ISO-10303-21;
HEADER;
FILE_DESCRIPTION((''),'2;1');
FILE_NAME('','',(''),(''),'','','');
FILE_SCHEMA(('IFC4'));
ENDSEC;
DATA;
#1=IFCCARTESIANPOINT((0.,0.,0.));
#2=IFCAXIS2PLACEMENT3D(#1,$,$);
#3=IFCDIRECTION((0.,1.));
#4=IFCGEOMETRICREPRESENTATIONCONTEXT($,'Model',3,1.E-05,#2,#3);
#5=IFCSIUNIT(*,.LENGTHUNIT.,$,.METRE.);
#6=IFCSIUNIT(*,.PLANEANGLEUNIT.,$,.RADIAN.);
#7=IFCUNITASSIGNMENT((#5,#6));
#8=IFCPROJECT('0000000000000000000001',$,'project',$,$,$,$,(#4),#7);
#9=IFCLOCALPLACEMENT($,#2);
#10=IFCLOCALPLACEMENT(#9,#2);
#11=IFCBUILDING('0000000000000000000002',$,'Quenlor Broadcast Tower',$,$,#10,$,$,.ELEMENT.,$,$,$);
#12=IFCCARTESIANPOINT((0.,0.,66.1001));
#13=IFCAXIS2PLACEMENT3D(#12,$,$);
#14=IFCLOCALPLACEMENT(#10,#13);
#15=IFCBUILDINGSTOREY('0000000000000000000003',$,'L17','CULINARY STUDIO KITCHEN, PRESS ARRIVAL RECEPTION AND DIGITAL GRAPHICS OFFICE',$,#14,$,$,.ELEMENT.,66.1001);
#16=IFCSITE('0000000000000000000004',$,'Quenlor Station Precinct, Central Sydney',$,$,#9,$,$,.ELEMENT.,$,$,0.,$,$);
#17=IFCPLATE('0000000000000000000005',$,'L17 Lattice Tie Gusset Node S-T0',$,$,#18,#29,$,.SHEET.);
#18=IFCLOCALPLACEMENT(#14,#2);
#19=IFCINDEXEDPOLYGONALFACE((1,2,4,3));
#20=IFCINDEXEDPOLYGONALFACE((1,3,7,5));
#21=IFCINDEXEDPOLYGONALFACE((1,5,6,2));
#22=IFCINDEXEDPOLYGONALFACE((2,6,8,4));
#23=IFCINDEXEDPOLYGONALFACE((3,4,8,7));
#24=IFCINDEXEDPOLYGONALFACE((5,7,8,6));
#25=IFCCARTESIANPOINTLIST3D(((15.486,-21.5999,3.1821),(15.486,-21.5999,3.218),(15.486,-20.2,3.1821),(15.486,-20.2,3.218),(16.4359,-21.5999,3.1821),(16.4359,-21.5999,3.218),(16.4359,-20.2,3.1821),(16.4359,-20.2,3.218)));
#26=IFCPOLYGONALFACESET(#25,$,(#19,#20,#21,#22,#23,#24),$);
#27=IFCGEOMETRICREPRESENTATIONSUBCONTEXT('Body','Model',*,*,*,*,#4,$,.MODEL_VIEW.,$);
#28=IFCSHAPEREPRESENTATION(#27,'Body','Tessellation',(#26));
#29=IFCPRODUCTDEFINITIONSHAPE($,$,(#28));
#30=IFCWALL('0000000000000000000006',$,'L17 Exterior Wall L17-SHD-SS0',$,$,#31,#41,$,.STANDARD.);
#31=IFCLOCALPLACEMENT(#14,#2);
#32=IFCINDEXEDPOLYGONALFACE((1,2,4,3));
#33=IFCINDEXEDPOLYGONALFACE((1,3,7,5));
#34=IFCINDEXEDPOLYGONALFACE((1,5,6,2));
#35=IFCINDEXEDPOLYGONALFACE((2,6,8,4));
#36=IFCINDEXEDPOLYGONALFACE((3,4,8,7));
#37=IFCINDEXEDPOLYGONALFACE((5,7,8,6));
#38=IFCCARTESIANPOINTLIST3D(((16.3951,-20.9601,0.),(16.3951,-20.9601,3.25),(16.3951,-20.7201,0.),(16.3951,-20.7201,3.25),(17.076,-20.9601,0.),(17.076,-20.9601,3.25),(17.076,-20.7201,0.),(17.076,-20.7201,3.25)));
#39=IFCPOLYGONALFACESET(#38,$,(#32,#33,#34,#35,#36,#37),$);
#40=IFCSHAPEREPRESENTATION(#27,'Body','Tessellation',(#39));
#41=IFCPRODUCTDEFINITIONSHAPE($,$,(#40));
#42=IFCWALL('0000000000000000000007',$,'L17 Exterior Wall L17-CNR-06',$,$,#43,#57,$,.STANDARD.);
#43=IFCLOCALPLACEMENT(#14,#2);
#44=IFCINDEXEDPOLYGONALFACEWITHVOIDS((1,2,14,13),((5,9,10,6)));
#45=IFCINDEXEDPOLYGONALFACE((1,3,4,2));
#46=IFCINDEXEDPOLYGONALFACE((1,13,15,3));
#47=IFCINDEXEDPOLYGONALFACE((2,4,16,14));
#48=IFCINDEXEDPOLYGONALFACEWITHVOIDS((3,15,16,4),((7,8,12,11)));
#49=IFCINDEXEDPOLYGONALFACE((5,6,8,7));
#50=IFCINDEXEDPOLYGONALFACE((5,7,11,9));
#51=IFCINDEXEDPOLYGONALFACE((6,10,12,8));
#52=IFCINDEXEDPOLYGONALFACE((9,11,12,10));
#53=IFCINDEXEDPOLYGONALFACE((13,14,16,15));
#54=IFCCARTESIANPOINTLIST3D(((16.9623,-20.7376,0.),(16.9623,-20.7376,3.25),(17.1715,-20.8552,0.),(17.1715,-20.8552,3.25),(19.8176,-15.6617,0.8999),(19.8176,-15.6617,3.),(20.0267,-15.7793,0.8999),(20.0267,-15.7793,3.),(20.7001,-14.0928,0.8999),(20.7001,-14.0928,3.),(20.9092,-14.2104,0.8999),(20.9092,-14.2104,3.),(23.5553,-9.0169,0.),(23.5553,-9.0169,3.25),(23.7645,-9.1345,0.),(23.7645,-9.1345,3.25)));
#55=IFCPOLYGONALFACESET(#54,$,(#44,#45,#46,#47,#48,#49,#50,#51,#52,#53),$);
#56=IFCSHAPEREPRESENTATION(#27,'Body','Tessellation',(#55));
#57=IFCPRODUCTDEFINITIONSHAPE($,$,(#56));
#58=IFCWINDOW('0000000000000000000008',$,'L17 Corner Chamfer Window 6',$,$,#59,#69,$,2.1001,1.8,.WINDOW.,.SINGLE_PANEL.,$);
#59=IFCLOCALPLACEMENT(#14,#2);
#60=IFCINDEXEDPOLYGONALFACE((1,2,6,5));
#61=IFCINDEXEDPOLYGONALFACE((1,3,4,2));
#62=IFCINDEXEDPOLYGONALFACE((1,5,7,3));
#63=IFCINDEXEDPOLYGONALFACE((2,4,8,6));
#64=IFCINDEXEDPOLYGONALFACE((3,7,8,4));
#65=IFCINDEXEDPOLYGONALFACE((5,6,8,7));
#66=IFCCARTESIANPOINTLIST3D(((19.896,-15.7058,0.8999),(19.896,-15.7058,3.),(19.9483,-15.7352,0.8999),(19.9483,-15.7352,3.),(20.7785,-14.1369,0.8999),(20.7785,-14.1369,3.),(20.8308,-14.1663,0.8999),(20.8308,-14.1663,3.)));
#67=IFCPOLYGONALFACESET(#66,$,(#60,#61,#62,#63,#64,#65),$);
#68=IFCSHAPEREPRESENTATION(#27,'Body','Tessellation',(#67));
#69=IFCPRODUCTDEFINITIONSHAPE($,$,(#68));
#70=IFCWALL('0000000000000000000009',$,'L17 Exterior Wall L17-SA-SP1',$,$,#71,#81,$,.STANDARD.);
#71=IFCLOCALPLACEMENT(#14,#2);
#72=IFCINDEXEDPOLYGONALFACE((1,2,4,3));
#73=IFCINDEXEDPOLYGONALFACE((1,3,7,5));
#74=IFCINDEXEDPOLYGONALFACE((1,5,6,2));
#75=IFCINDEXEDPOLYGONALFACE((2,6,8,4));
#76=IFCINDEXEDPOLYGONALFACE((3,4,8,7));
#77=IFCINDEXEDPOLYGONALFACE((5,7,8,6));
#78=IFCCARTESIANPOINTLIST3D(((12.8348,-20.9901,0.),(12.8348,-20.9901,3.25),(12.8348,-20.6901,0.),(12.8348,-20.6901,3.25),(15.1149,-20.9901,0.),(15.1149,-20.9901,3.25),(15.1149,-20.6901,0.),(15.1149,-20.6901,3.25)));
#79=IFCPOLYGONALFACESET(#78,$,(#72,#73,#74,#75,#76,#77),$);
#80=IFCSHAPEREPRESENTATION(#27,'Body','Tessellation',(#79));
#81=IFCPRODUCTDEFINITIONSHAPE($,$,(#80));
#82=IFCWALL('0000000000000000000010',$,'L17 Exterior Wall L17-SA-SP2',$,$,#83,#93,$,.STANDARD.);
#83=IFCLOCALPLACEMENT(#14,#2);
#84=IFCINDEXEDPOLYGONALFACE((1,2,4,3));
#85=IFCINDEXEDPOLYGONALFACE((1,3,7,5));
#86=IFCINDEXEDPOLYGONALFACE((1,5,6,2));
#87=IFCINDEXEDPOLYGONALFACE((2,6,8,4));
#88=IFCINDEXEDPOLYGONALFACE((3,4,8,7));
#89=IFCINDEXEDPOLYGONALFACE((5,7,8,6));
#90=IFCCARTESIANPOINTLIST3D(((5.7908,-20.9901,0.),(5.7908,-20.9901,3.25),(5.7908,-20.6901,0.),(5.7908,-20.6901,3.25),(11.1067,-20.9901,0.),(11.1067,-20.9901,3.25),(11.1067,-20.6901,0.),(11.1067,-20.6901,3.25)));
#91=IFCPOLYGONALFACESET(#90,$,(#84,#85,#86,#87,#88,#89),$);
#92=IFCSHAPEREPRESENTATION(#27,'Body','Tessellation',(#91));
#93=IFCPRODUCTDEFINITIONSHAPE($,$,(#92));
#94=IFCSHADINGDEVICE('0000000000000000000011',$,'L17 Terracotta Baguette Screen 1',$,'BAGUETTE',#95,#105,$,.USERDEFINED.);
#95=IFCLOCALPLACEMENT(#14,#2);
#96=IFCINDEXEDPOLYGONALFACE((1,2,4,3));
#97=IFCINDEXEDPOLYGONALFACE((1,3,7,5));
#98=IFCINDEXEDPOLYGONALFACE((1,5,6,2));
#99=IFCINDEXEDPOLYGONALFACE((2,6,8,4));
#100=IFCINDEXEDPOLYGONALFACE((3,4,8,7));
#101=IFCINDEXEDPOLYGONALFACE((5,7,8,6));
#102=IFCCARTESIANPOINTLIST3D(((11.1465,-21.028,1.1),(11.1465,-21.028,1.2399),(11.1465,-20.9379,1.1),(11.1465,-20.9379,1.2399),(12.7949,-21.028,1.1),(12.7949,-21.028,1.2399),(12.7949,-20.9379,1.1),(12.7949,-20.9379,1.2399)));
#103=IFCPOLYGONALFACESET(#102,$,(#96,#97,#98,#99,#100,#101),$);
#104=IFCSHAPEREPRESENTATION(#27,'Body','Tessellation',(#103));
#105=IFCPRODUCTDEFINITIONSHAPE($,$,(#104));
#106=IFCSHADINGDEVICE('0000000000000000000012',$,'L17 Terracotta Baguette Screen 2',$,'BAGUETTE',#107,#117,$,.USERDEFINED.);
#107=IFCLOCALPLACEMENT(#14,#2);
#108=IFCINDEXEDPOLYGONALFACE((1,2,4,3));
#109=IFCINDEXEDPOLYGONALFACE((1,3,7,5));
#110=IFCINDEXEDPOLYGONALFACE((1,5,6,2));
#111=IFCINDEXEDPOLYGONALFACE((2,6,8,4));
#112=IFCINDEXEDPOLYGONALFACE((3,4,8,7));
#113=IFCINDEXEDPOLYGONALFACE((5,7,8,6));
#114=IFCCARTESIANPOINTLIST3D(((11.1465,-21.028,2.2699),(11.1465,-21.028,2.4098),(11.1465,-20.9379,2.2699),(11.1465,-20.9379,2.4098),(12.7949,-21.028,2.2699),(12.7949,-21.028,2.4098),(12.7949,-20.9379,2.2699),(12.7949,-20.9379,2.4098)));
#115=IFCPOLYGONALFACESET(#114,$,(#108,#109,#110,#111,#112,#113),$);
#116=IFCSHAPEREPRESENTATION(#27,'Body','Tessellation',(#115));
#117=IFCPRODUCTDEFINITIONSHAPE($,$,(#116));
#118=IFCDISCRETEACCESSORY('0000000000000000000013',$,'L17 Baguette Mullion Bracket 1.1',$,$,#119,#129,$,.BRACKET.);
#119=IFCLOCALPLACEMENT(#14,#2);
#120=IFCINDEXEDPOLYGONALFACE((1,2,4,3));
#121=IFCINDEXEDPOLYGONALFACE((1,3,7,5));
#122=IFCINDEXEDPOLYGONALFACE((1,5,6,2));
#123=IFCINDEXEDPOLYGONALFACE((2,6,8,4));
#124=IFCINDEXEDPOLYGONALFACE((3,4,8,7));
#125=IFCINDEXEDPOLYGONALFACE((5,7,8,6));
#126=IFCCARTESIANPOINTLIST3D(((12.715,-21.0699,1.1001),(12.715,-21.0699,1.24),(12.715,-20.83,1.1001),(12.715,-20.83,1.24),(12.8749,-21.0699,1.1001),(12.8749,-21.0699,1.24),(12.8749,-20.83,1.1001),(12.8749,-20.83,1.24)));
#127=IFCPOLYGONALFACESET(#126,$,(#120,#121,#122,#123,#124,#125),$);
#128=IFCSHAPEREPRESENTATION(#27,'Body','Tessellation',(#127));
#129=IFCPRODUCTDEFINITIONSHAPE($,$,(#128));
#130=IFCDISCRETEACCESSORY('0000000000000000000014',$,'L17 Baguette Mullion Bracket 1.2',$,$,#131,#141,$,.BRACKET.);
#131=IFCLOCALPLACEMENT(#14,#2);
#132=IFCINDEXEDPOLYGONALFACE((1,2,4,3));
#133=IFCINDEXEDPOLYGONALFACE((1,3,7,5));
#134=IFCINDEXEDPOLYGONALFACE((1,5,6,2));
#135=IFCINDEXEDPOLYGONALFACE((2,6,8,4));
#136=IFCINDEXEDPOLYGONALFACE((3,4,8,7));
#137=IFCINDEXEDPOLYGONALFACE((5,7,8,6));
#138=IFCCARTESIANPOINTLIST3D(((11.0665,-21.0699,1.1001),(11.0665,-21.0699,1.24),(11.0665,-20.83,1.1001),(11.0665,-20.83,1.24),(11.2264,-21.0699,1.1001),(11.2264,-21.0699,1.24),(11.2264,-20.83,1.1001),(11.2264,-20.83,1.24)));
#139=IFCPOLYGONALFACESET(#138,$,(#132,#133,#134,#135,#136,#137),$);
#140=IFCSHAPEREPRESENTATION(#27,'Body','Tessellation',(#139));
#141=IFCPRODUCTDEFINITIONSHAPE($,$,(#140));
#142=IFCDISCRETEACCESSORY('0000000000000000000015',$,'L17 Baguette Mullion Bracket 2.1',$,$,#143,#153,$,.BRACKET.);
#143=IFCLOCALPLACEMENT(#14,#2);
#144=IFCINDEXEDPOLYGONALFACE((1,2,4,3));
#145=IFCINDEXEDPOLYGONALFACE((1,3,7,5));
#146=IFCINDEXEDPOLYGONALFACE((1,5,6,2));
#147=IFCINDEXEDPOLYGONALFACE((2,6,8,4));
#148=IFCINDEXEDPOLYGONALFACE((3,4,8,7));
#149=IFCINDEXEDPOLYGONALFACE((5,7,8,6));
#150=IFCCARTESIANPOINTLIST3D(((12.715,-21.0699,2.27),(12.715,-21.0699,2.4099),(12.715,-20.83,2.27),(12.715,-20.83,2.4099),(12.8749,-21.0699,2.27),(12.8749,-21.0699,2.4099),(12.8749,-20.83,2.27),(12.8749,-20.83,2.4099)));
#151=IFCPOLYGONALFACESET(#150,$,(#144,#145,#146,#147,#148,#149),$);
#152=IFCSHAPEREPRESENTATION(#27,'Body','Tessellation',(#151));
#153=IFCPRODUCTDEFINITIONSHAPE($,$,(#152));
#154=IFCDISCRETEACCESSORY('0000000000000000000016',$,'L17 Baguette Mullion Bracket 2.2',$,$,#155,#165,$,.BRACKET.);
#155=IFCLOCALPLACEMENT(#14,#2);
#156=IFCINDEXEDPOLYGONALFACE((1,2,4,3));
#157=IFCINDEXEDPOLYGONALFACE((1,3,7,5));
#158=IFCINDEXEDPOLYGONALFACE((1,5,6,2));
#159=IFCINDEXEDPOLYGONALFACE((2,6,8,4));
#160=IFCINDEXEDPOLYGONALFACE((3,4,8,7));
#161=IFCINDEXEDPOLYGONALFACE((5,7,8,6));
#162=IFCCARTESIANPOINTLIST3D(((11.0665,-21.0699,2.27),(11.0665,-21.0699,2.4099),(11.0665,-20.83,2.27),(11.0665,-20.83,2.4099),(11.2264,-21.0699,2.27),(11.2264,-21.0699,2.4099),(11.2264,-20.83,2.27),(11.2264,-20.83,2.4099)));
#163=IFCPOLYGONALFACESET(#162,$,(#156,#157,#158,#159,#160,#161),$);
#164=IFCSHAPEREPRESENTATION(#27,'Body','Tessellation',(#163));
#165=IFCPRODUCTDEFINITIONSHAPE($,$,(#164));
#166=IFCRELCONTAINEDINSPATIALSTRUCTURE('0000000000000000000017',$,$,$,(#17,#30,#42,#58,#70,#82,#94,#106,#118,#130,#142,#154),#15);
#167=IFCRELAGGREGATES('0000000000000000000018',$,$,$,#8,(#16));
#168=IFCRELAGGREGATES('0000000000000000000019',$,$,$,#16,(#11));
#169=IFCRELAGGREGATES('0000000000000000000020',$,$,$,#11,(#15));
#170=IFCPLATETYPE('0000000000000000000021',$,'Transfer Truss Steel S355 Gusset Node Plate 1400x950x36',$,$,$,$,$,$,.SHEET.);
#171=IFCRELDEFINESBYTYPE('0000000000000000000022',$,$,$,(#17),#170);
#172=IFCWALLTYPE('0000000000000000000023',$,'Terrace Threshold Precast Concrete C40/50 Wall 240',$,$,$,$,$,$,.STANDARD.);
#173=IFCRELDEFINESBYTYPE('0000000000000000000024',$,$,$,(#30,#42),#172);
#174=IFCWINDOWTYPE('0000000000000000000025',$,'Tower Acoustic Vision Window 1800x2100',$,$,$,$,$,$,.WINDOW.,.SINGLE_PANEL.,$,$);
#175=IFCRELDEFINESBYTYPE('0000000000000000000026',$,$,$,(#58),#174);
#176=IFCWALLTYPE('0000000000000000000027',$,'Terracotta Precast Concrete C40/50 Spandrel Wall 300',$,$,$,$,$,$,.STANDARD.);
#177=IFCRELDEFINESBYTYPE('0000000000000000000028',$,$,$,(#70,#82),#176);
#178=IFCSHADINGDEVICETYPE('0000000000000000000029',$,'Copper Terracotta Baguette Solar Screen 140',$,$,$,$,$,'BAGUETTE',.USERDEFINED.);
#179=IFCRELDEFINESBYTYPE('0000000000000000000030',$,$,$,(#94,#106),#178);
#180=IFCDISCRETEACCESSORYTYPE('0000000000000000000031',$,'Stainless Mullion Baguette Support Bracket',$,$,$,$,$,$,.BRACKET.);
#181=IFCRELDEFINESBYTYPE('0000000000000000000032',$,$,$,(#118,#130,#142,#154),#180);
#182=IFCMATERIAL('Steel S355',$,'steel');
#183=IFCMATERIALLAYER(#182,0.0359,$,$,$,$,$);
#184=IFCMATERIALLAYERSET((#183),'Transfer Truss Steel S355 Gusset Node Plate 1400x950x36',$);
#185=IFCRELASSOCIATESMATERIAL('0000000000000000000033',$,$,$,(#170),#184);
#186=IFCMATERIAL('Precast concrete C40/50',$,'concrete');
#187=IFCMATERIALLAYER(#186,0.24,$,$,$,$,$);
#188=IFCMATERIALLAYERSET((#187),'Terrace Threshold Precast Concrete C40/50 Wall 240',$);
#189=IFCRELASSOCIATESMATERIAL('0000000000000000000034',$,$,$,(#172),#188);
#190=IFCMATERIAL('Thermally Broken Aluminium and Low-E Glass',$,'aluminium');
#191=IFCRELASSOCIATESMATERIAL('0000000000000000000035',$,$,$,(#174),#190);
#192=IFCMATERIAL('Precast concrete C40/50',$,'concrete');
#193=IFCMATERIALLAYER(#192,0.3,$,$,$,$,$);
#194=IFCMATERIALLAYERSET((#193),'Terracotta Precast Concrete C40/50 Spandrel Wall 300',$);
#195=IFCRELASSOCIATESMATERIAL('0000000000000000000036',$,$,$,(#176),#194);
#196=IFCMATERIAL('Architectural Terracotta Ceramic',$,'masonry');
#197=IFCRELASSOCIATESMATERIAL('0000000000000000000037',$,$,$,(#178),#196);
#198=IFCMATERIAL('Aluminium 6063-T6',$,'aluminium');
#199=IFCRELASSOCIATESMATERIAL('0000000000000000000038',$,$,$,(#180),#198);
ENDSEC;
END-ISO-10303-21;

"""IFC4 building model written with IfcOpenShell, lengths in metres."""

from ifc_helpers import new_model, si_unit, direction, frame, frame_2d, origin, origin_2d, place, context, subcontext, project, spatial, rectangle, extrude, material, layer, layer_set, material_profile, profile_set, type_object, element, fill, save


model = new_model("IFC4")

# Units and contexts
model_context = context("Model", 3, precision=1e-05, world=origin(), true_north=direction((0.0, 1.0)))
body_context = subcontext(model_context, "Body", "Model", "MODEL_VIEW")
ifc_project = project(units=[si_unit("LENGTHUNIT", "METRE"), si_unit("PLANEANGLEUNIT", "RADIAN")], contexts=[model_context])

# Site, building, storey
site_placement = place(None, origin())
site = spatial("IfcSite", under=ifc_project, at=site_placement, Name="Quenlor Station Precinct, Central Sydney", CompositionType="ELEMENT", RefElevation=0.0)
building_placement = place(site_placement, origin())
building = spatial("IfcBuilding", under=site, at=building_placement, Name="Quenlor Broadcast Tower", CompositionType="ELEMENT")
storey_placement = place(building_placement, frame((0.0, 0.0, 66.1001)))
storey = spatial("IfcBuildingStorey", under=building, at=storey_placement, Name="L17", Description="CULINARY STUDIO KITCHEN, PRESS ARRIVAL RECEPTION AND DIGITAL GRAPHICS OFFICE", CompositionType="ELEMENT", Elevation=66.1001)

# Plate
ifc_material_1 = material(Name="Steel S355", Category="steel")
ifc_layer_1 = layer(ifc_material_1, 0.0359)
ifc_layer_set_1 = layer_set([ifc_layer_1], Name="Transfer Truss Steel S355 Gusset Node Plate 1400x950x36")
plate_type_1 = type_object("IfcPlateType", Name="Transfer Truss Steel S355 Gusset Node Plate 1400x950x36", PredefinedType="SHEET", material=ifc_layer_set_1)
for number, where, z_axis, x_axis, name in (
    (1, (15.9609, -20.8999, 3.1821), (0.0, 0.0, 1.0), (0.0, -1.0, 0.0), "L17 Lattice Tie Gusset Node S-T0"),
):
    element("IfcPlate", number, at=place(storey_placement, frame(where, z_axis=z_axis, x_axis=x_axis)), inside=storey, type_object=plate_type_1, Name=name, PredefinedType="SHEET", context=body_context, shape_type="SweptSolid", body=[
        extrude(rectangle(XDim=1.3999, YDim=0.95, at=origin_2d()), origin(), (0.0, 0.0, 1.0), 0.0359),
    ])

# Wall
ifc_material_2 = material(Name="Precast concrete C40/50", Category="concrete")
ifc_layer_2 = layer(ifc_material_2, 0.24)
ifc_layer_set_2 = layer_set([ifc_layer_2], Name="Terrace Threshold Precast Concrete C40/50 Wall 240")
wall_type_1 = type_object("IfcWallType", Name="Terrace Threshold Precast Concrete C40/50 Wall 240", PredefinedType="STANDARD", material=ifc_layer_set_2)
wall_1_placement = place(storey_placement, frame((17.0759, -20.8401, 0.0), z_axis=(0.0, 0.0, 1.0), x_axis=(-1.0, 0.0, 0.0)))
element("IfcWall", 2, at=wall_1_placement, inside=storey, type_object=wall_type_1, Name="L17 Exterior Wall L17-SHD-SS0", PredefinedType="STANDARD", context=body_context, shape_type="SweptSolid", body=[
    extrude(rectangle(XDim=0.6809, YDim=0.24, at=frame_2d((0.3403, 0.0))), origin(), (0.0, 0.0, 1.0), 3.25),
])

# Wall, opening, window
wall_2_placement = place(storey_placement, frame((17.0669, -20.7964, 0.0), z_axis=(0.0, 0.0, 1.0), x_axis=(0.490268, 0.871572, 0.0)))
wall_2 = element("IfcWall", 3, at=wall_2_placement, inside=storey, type_object=wall_type_1, Name="L17 Exterior Wall L17-CNR-06", PredefinedType="STANDARD", context=body_context, shape_type="SweptSolid", body=[
    extrude(rectangle(XDim=13.4478, YDim=0.24, at=frame_2d((6.7239, 0.0))), origin(), (0.0, 0.0, 1.0), 3.25),
])
opening_placement = place(wall_2_placement, frame((5.824, 0.0, 0.8999)))
opening = element("IfcOpeningElement", 4, at=opening_placement, cuts=wall_2, PredefinedType="OPENING", context=body_context, shape_type="SweptSolid", body=[
    extrude(rectangle(XDim=1.8, YDim=2.1001, at=frame_2d((0.8999, 1.05))), frame((0.0, 0.1299, 0.0), z_axis=(0.0, -1.0, 0.0), x_axis=(1.0, 0.0, 0.0)), (0.0, 0.0, 1.0), 0.26),
])
ifc_material_3 = material(Name="Thermally Broken Aluminium and Low-E Glass", Category="aluminium")
window_type = type_object("IfcWindowType", Name="Tower Acoustic Vision Window 1800x2100", PartitioningType="SINGLE_PANEL", PredefinedType="WINDOW", material=ifc_material_3)
window_placement = place(opening_placement, origin())
window = element("IfcWindow", 5, at=window_placement, inside=storey, type_object=window_type, Name="L17 Corner Chamfer Window 6", OverallHeight=2.1001, OverallWidth=1.8, PartitioningType="SINGLE_PANEL", PredefinedType="WINDOW", context=body_context, shape_type="SweptSolid", body=[
    extrude(rectangle(XDim=1.8, YDim=2.1001, at=frame_2d((0.8999, 1.05))), frame((0.0, 0.03, 0.0), z_axis=(0.0, -1.0, 0.0), x_axis=(1.0, 0.0, 0.0)), (0.0, 0.0, 1.0), 0.0601),
])
fill(opening, window)

# Walls
ifc_material_4 = material(Name="Precast concrete C40/50", Category="concrete")
ifc_layer_3 = layer(ifc_material_4, 0.3)
ifc_layer_set_3 = layer_set([ifc_layer_3], Name="Terracotta Precast Concrete C40/50 Spandrel Wall 300")
wall_type_2 = type_object("IfcWallType", Name="Terracotta Precast Concrete C40/50 Spandrel Wall 300", PredefinedType="STANDARD", material=ifc_layer_set_3)
wall_3_placement = place(storey_placement, frame((15.115, -20.8401, 0.0), z_axis=(0.0, 0.0, 1.0), x_axis=(-1.0, 0.0, 0.0)))
element("IfcWall", 6, at=wall_3_placement, inside=storey, type_object=wall_type_2, Name="L17 Exterior Wall L17-SA-SP1", PredefinedType="STANDARD", context=body_context, shape_type="SweptSolid", body=[
    extrude(rectangle(XDim=2.28, YDim=0.3, at=frame_2d((1.1401, 0.0))), origin(), (0.0, 0.0, 1.0), 3.25),
])
wall_4_placement = place(storey_placement, frame((11.1067, -20.8401, 0.0), z_axis=(0.0, 0.0, 1.0), x_axis=(-1.0, 0.0, 0.0)))
element("IfcWall", 7, at=wall_4_placement, inside=storey, type_object=wall_type_2, Name="L17 Exterior Wall L17-SA-SP2", PredefinedType="STANDARD", context=body_context, shape_type="SweptSolid", body=[
    extrude(rectangle(XDim=5.3159, YDim=0.3, at=frame_2d((2.658, 0.0))), origin(), (0.0, 0.0, 1.0), 3.25),
])

# Shading devices
ifc_material_5 = material(Name="Architectural Terracotta Ceramic", Category="masonry")
ifc_material_profile_1 = material_profile(ifc_material_5, rectangle(XDim=0.0901, YDim=0.1399, at=origin_2d()))
ifc_profile_set_1 = profile_set([ifc_material_profile_1], Name="Architectural Terracotta Ceramic BAG90x140")
shading_device_type = type_object("IfcShadingDeviceType", Name="Copper Terracotta Baguette Solar Screen 140", ElementType="BAGUETTE", PredefinedType="USERDEFINED", material=ifc_profile_set_1)
for number, where, z_axis, x_axis, name in (
    (8, (12.7949, -20.9829, 1.1699), (-1.0, 0.0, 0.0), (0.0, -1.0, 0.0), "L17 Terracotta Baguette Screen 1"),
    (9, (12.7949, -20.9829, 2.3398), (-1.0, 0.0, 0.0), (0.0, -1.0, 0.0), "L17 Terracotta Baguette Screen 2"),
):
    element("IfcShadingDevice", number, at=place(storey_placement, frame(where, z_axis=z_axis, x_axis=x_axis)), inside=storey, type_object=shading_device_type, Name=name, ObjectType="BAGUETTE", PredefinedType="USERDEFINED", context=body_context, shape_type="SweptSolid", body=[
        extrude(rectangle(XDim=0.0901, YDim=0.1399, at=origin_2d()), origin(), (0.0, 0.0, 1.0), 1.6484),
    ])

# Discrete accessories
ifc_material_6 = material(Name="Aluminium 6063-T6", Category="aluminium")
discrete_accessory_type = type_object("IfcDiscreteAccessoryType", Name="Stainless Mullion Baguette Support Bracket", PredefinedType="BRACKET", material=ifc_material_6)
for number, where, z_axis, x_axis, name in (
    (10, (12.7949, -20.95, 1.1001), (0.0, 0.0, 1.0), (-1.0, 0.0, 0.0), "L17 Baguette Mullion Bracket 1.1"),
    (11, (11.1465, -20.95, 1.1001), (0.0, 0.0, 1.0), (-1.0, 0.0, 0.0), "L17 Baguette Mullion Bracket 1.2"),
    (12, (12.7949, -20.95, 2.27), (0.0, 0.0, 1.0), (-1.0, 0.0, 0.0), "L17 Baguette Mullion Bracket 2.1"),
    (13, (11.1465, -20.95, 2.27), (0.0, 0.0, 1.0), (-1.0, 0.0, 0.0), "L17 Baguette Mullion Bracket 2.2"),
):
    element("IfcDiscreteAccessory", number, at=place(storey_placement, frame(where, z_axis=z_axis, x_axis=x_axis)), inside=storey, type_object=discrete_accessory_type, Name=name, PredefinedType="BRACKET", context=body_context, shape_type="SweptSolid", body=[
        extrude(rectangle(XDim=0.1599, YDim=0.24, at=origin_2d()), origin(), (0.0, 0.0, 1.0), 0.1399),
    ])

save(model, "model.ifc")
